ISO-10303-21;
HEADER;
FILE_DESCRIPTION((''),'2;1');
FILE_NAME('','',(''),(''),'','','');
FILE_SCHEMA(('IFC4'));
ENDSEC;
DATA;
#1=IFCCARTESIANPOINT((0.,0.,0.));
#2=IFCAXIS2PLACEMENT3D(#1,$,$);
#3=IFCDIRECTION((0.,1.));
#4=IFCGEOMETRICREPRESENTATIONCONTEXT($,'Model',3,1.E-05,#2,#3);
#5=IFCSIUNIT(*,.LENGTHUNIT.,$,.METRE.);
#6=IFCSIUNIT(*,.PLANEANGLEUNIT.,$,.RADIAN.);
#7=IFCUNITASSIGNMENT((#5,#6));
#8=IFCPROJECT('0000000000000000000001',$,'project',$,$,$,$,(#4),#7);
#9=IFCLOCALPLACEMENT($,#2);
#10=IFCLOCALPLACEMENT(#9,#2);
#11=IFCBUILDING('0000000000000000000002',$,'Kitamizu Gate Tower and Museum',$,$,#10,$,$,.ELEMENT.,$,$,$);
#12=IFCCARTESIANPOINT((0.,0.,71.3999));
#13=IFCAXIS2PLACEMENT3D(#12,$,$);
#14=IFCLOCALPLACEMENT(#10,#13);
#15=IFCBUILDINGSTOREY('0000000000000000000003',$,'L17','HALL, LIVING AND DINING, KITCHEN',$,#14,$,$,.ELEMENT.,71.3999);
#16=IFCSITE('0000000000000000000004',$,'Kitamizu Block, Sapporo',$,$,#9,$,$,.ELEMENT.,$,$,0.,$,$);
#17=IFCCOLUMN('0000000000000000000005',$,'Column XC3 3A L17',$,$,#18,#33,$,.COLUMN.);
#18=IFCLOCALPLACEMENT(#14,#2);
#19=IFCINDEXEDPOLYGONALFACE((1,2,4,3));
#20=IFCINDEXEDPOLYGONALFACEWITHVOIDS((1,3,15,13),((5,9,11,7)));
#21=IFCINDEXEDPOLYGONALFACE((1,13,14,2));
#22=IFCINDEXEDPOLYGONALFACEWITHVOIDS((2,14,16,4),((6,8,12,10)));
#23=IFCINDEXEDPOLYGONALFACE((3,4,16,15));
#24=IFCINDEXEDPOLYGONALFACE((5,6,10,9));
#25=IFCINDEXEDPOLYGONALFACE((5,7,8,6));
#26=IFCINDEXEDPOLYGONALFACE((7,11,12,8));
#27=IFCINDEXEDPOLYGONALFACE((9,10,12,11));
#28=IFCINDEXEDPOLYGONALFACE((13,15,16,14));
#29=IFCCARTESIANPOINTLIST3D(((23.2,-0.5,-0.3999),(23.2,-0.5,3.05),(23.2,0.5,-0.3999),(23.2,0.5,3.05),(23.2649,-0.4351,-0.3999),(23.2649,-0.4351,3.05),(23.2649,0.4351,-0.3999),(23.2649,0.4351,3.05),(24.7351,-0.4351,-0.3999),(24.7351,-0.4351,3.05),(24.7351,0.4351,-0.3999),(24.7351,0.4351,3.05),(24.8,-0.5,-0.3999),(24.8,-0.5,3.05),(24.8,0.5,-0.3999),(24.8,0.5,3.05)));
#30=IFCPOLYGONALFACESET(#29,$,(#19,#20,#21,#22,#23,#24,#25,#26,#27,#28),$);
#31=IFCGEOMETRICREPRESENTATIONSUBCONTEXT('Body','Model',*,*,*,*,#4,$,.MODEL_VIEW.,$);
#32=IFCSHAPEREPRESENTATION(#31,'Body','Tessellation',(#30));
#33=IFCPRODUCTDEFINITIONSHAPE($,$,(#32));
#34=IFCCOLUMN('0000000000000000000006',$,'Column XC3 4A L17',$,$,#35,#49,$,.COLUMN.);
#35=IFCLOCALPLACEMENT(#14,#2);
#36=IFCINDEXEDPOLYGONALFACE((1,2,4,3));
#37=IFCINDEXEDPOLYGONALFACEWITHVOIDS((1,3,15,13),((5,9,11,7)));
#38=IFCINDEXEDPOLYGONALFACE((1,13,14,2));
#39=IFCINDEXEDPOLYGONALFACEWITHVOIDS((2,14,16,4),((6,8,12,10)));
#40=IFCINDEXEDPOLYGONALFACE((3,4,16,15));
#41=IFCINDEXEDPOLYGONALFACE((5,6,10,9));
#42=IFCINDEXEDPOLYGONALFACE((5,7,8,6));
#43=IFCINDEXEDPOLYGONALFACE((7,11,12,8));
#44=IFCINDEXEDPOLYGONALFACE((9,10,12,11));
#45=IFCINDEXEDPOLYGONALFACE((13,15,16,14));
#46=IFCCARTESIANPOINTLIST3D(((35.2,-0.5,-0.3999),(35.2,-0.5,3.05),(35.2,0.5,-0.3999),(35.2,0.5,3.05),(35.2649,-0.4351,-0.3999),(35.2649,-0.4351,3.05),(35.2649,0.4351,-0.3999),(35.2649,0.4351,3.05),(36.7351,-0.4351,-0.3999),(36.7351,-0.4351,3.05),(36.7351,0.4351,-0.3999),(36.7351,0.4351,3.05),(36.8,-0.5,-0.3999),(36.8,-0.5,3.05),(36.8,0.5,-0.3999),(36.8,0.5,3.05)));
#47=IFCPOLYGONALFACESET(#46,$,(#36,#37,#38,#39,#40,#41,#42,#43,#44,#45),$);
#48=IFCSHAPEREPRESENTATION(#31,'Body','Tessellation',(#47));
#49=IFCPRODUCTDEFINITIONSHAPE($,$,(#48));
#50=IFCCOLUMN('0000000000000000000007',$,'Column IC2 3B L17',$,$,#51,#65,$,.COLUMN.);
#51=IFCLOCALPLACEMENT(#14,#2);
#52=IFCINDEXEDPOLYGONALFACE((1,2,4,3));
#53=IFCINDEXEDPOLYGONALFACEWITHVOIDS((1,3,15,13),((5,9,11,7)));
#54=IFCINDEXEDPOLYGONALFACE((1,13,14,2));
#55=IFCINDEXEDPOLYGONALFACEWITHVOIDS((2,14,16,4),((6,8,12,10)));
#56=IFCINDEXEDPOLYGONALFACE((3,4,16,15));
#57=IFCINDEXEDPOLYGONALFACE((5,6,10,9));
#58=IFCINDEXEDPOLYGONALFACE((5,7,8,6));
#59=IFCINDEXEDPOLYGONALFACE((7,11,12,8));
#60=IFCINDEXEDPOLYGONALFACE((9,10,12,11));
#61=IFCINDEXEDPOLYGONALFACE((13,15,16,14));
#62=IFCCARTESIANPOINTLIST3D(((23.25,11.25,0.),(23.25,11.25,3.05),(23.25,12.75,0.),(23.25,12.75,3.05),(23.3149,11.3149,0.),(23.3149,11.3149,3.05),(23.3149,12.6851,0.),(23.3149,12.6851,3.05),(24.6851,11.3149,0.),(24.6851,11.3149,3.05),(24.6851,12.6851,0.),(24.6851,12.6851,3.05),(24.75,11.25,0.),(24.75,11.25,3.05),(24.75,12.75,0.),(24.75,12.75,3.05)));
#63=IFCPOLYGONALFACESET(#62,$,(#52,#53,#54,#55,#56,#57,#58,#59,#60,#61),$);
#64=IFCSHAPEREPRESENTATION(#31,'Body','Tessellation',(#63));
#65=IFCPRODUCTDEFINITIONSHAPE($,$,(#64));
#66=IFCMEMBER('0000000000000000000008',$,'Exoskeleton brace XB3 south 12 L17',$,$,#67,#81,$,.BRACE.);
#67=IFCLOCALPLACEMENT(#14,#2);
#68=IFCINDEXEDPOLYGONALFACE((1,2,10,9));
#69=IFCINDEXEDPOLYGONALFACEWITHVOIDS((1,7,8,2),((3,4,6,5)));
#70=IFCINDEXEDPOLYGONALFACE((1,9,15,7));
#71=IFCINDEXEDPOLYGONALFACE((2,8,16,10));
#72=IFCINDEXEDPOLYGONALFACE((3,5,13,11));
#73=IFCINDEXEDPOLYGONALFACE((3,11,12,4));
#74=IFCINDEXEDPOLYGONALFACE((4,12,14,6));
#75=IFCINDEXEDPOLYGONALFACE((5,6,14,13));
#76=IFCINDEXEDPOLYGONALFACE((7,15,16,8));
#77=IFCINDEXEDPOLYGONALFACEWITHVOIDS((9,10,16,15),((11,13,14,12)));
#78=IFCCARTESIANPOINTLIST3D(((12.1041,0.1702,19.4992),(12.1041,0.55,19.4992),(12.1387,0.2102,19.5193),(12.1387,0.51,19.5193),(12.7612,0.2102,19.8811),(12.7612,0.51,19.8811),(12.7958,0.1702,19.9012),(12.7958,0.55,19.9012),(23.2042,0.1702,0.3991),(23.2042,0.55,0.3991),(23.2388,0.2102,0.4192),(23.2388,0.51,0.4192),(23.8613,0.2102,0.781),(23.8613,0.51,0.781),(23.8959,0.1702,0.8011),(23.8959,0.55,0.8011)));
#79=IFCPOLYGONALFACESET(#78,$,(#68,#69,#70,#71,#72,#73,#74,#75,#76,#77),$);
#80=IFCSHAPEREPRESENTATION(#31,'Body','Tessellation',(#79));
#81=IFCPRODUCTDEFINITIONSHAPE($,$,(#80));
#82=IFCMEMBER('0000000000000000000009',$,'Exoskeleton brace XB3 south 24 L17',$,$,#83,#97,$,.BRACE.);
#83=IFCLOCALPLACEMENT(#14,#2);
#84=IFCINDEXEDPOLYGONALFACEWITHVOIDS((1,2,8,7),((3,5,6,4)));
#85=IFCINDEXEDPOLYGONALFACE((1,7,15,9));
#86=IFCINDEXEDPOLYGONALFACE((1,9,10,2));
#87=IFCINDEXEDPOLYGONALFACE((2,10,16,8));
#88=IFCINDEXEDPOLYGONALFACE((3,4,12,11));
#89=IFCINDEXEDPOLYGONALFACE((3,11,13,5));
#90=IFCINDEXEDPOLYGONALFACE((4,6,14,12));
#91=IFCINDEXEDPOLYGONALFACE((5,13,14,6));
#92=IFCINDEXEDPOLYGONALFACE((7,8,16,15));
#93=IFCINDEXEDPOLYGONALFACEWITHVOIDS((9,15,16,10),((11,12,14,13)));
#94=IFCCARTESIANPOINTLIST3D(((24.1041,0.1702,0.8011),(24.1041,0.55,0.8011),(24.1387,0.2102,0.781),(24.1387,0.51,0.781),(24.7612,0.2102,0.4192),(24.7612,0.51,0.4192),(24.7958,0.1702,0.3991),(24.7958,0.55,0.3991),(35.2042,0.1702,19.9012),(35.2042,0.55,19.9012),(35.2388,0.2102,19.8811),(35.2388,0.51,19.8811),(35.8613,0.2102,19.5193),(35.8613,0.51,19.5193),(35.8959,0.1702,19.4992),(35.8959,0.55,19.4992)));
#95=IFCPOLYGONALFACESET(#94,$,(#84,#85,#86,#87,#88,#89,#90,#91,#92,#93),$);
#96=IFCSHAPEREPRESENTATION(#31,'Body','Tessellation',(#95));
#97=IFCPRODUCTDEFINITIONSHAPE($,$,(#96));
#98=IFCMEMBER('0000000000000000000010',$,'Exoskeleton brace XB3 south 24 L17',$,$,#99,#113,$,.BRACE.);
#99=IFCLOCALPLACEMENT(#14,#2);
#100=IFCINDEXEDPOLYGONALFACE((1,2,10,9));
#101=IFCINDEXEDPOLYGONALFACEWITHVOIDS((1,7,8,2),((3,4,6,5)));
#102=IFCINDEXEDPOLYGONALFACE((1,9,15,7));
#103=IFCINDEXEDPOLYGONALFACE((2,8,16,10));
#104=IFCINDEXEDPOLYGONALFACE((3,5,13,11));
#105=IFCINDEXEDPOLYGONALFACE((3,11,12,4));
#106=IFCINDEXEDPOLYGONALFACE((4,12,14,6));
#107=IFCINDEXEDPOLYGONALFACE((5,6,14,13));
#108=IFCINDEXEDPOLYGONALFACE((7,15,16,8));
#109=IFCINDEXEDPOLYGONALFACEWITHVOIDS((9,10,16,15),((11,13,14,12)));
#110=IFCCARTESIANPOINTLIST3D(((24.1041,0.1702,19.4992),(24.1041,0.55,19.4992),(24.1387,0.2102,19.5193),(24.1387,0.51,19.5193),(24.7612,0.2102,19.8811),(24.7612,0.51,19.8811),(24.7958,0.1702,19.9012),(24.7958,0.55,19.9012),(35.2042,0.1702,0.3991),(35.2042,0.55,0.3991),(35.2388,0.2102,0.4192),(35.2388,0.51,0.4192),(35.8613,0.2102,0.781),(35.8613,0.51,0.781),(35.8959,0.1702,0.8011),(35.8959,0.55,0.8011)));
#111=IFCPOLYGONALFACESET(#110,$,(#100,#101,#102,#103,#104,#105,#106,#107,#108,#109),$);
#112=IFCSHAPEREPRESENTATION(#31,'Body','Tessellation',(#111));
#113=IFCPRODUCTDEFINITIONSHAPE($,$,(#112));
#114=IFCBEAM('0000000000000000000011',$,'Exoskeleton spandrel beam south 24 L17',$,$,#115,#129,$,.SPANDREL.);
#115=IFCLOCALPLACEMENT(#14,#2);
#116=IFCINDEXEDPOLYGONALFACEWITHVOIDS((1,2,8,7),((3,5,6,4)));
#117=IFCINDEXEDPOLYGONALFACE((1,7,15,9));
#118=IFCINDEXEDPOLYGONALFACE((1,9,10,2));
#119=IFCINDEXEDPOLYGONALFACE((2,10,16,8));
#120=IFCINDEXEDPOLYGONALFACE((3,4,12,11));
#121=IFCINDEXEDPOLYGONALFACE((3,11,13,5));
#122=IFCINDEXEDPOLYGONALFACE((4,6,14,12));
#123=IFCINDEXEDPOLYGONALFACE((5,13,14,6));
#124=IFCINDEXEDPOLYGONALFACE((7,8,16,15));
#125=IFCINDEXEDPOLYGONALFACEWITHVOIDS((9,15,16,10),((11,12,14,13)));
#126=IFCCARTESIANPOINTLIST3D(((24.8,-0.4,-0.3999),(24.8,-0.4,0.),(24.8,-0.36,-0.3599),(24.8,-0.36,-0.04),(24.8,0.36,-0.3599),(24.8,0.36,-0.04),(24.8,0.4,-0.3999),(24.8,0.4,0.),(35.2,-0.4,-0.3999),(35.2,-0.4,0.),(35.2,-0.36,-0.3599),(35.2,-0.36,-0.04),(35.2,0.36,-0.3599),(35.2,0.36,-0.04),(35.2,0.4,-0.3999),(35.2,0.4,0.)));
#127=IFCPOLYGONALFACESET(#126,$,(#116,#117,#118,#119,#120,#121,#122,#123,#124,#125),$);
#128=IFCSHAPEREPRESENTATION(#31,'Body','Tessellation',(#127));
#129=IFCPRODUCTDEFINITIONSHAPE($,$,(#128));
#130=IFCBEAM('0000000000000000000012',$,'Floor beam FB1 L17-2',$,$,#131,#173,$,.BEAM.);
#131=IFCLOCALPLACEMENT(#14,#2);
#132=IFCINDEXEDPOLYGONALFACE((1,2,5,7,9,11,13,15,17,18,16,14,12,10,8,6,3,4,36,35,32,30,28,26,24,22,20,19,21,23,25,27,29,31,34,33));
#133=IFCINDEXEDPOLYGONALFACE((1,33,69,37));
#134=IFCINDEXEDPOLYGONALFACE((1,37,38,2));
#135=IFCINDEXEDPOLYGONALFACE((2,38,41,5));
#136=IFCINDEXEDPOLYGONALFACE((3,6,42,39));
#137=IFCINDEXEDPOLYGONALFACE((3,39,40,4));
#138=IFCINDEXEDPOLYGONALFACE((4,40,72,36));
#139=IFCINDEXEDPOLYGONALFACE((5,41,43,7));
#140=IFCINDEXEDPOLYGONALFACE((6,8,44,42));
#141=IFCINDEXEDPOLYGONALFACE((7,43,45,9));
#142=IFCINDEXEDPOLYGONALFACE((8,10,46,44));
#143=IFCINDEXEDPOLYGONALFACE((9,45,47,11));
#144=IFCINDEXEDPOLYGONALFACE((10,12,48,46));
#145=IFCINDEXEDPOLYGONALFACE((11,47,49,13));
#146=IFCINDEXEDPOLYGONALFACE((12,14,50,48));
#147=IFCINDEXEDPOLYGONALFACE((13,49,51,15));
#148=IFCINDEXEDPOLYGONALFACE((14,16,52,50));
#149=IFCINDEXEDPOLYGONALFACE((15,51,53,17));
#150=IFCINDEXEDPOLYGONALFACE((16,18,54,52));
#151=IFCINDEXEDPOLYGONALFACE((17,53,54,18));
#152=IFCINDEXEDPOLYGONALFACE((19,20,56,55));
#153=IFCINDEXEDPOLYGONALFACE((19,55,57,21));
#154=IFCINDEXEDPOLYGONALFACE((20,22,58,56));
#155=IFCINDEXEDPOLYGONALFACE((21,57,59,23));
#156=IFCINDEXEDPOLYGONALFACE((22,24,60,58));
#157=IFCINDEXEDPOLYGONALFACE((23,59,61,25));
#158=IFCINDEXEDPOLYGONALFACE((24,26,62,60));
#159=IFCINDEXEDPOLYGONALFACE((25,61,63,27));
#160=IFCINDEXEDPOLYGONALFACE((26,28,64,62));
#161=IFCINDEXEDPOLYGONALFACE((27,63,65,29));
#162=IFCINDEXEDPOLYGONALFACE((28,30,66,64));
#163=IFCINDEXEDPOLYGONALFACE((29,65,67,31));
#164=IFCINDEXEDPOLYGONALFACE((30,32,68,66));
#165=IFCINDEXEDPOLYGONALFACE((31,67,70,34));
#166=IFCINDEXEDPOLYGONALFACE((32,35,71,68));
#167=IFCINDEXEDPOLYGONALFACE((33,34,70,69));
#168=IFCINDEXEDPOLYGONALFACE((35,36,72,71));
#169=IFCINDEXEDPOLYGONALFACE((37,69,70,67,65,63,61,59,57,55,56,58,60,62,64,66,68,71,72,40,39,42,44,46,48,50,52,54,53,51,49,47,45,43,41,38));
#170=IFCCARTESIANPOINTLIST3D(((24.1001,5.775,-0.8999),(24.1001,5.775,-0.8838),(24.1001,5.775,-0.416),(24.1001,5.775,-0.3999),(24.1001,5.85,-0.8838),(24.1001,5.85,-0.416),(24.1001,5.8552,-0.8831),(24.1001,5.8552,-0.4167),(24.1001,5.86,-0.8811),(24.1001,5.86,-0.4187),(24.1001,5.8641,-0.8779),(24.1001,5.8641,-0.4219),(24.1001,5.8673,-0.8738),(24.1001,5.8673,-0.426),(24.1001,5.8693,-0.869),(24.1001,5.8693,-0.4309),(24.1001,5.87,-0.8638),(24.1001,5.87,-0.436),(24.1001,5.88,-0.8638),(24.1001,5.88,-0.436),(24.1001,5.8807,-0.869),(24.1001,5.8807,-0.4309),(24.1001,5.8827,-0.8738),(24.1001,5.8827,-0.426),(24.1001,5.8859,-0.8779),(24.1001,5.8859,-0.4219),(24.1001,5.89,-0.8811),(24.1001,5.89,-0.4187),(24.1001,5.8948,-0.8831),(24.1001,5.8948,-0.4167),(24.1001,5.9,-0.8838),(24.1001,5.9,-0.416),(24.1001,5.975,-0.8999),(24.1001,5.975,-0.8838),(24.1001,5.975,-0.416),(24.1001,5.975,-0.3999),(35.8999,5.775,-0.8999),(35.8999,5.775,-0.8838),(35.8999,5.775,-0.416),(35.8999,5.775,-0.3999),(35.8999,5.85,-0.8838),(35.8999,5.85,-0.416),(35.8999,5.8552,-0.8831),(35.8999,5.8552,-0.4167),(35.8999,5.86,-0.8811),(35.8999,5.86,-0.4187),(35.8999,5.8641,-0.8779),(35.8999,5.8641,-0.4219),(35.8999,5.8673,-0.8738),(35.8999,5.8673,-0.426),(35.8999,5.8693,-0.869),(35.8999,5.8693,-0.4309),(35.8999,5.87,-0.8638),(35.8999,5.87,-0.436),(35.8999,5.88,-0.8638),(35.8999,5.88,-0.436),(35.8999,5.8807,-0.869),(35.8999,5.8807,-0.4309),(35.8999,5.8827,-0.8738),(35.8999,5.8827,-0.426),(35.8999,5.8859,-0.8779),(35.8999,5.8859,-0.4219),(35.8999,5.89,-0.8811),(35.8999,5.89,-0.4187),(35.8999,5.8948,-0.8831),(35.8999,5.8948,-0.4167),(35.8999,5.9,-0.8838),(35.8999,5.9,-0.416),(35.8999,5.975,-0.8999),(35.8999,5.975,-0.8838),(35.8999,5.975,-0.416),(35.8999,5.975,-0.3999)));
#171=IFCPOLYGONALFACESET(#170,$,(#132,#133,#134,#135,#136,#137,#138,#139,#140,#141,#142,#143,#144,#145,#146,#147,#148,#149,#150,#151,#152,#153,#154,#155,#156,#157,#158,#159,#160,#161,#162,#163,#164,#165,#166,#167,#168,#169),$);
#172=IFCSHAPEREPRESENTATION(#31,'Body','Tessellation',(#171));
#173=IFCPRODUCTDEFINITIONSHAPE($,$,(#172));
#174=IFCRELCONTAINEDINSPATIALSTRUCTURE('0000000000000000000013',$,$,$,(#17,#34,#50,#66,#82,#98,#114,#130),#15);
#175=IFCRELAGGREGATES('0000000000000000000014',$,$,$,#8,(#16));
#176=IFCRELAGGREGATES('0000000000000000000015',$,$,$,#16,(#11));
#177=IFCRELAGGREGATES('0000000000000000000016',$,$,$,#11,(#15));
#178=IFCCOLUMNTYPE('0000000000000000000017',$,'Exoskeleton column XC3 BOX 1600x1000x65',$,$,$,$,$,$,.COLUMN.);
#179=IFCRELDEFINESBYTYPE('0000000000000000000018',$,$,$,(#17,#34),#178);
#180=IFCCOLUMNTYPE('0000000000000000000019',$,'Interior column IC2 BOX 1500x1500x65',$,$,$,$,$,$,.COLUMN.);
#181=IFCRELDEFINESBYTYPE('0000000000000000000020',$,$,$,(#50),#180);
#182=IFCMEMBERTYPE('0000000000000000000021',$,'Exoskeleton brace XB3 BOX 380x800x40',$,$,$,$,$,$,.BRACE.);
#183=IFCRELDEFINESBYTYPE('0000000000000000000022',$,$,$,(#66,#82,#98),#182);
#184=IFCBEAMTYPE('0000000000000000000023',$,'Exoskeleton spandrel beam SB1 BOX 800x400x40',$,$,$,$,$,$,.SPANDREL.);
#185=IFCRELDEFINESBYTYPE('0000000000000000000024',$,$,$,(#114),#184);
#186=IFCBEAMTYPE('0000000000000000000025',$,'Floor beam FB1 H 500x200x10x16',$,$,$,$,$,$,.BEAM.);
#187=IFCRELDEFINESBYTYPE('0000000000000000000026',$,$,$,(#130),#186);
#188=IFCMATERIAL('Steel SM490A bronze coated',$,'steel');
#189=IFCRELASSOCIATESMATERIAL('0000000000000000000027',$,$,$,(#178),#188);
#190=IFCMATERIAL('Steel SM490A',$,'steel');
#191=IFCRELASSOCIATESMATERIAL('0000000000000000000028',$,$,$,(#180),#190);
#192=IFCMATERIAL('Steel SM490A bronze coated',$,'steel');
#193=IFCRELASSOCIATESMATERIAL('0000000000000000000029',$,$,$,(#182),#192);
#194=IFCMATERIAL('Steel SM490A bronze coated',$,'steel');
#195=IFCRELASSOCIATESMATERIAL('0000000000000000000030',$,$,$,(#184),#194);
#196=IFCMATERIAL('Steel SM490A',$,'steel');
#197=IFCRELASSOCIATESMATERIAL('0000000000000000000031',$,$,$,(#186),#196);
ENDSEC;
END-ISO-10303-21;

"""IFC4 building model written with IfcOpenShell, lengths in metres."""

from ifc_helpers import new_model, si_unit, direction, frame, origin, origin_2d, place, context, subcontext, project, spatial, hollow_rectangle, i_section, extrude, material, material_profile, profile_set, type_object, element, save


model = new_model("IFC4")

# Units and contexts
model_context = context("Model", 3, precision=1e-05, world=origin(), true_north=direction((0.0, 1.0)))
body_context = subcontext(model_context, "Body", "Model", "MODEL_VIEW")
ifc_project = project(units=[si_unit("LENGTHUNIT", "METRE"), si_unit("PLANEANGLEUNIT", "RADIAN")], contexts=[model_context])

# Site, building, storey
site_placement = place(None, origin())
site = spatial("IfcSite", under=ifc_project, at=site_placement, Name="Kitamizu Block, Sapporo", CompositionType="ELEMENT", RefElevation=0.0)
building_placement = place(site_placement, origin())
building = spatial("IfcBuilding", under=site, at=building_placement, Name="Kitamizu Gate Tower and Museum", CompositionType="ELEMENT")
storey_placement = place(building_placement, frame((0.0, 0.0, 71.3999)))
storey = spatial("IfcBuildingStorey", under=building, at=storey_placement, Name="L17", Description="HALL, LIVING AND DINING, KITCHEN", CompositionType="ELEMENT", Elevation=71.3999)

# Columns
ifc_material_1 = material(Name="Steel SM490A bronze coated", Category="steel")
ifc_material_profile_1 = material_profile(ifc_material_1, hollow_rectangle(XDim=1.6001, YDim=1.0, WallThickness=0.0649, at=origin_2d()), Name="BOX 1600x1000x65")
ifc_profile_set_1 = profile_set([ifc_material_profile_1], Name="Steel SM490A bronze coated")
column_type_1 = type_object("IfcColumnType", Name="Exoskeleton column XC3 BOX 1600x1000x65", PredefinedType="COLUMN", material=ifc_profile_set_1)
for number, where, z_axis, x_axis, name in (
    (1, (24.0, 0.0, -0.3999), (0.0, 0.0, 1.0), (1.0, 0.0, 0.0), "Column XC3 3A L17"),
    (2, (36.0, 0.0, -0.3999), (0.0, 0.0, 1.0), (1.0, 0.0, 0.0), "Column XC3 4A L17"),
):
    element("IfcColumn", number, at=place(storey_placement, frame(where, z_axis=z_axis, x_axis=x_axis)), inside=storey, type_object=column_type_1, Name=name, PredefinedType="COLUMN", context=body_context, shape_type="SweptSolid", body=[
        extrude(hollow_rectangle(XDim=1.6001, YDim=1.0, WallThickness=0.0649, at=origin_2d()), origin(), (0.0, 0.0, 1.0), 3.45),
    ])
ifc_material_2 = material(Name="Steel SM490A", Category="steel")
ifc_material_profile_2 = material_profile(ifc_material_2, hollow_rectangle(XDim=1.5, YDim=1.5, WallThickness=0.0649, at=origin_2d()), Name="BOX 1500x1500x65")
ifc_profile_set_2 = profile_set([ifc_material_profile_2], Name="Steel SM490A")
column_type_2 = type_object("IfcColumnType", Name="Interior column IC2 BOX 1500x1500x65", PredefinedType="COLUMN", material=ifc_profile_set_2)
column_placement = place(storey_placement, frame((24.0, 12.0, 0.0), z_axis=(0.0, 0.0, 1.0), x_axis=(1.0, 0.0, 0.0)))
element("IfcColumn", 3, at=column_placement, inside=storey, type_object=column_type_2, Name="Column IC2 3B L17", PredefinedType="COLUMN", context=body_context, shape_type="SweptSolid", body=[
    extrude(hollow_rectangle(XDim=1.5, YDim=1.5, WallThickness=0.0649, at=origin_2d()), origin(), (0.0, 0.0, 1.0), 3.05),
])

# Members
ifc_material_3 = material(Name="Steel SM490A bronze coated", Category="steel")
ifc_material_profile_3 = material_profile(ifc_material_3, hollow_rectangle(XDim=0.3799, YDim=0.8, WallThickness=0.04, at=origin_2d()), Name="BOX 380x800x40")
ifc_profile_set_3 = profile_set([ifc_material_profile_3], Name="Steel SM490A bronze coated")
member_type = type_object("IfcMemberType", Name="Exoskeleton brace XB3 BOX 380x800x40", PredefinedType="BRACE", material=ifc_profile_set_3)
for number, where, z_axis, x_axis, name in (
    (4, (23.55, 0.3601, 0.6001), (-0.502464, 0.0, 0.864598), (0.0, -1.0, 0.0), "Exoskeleton brace XB3 south 12 L17"),
    (5, (24.45, 0.3601, 0.6001), (0.502464, 0.0, 0.864598), (0.0, 1.0, 0.0), "Exoskeleton brace XB3 south 24 L17"),
    (6, (35.55, 0.3601, 0.6001), (-0.502464, 0.0, 0.864598), (0.0, -1.0, 0.0), "Exoskeleton brace XB3 south 24 L17"),
):
    element("IfcMember", number, at=place(storey_placement, frame(where, z_axis=z_axis, x_axis=x_axis)), inside=storey, type_object=member_type, Name=name, PredefinedType="BRACE", context=body_context, shape_type="SweptSolid", body=[
        extrude(hollow_rectangle(XDim=0.3799, YDim=0.8, WallThickness=0.04, at=origin_2d()), origin(), (0.0, 0.0, 1.0), 22.0913),
    ])

# Beams
ifc_material_4 = material(Name="Steel SM490A bronze coated", Category="steel")
ifc_material_profile_4 = material_profile(ifc_material_4, hollow_rectangle(XDim=0.8, YDim=0.3999, WallThickness=0.04, at=origin_2d()), Name="BOX 800x400x40")
ifc_profile_set_4 = profile_set([ifc_material_profile_4], Name="Steel SM490A bronze coated")
beam_type_1 = type_object("IfcBeamType", Name="Exoskeleton spandrel beam SB1 BOX 800x400x40", PredefinedType="SPANDREL", material=ifc_profile_set_4)
beam_1_placement = place(storey_placement, frame((24.8, 0.0, -0.2), z_axis=(1.0, 0.0, 0.0), x_axis=(0.0, 1.0, 0.0)))
element("IfcBeam", 7, at=beam_1_placement, inside=storey, type_object=beam_type_1, Name="Exoskeleton spandrel beam south 24 L17", PredefinedType="SPANDREL", context=body_context, shape_type="SweptSolid", body=[
    extrude(hollow_rectangle(XDim=0.8, YDim=0.3999, WallThickness=0.04, at=origin_2d()), origin(), (0.0, 0.0, 1.0), 10.3999),
])
ifc_material_5 = material(Name="Steel SM490A", Category="steel")
ifc_material_profile_5 = material_profile(ifc_material_5, i_section(OverallWidth=0.2, OverallDepth=0.5, WebThickness=0.01, FlangeThickness=0.0161, FilletRadius=0.02, at=origin_2d()), Name="H-500x200x10x16")
ifc_profile_set_5 = profile_set([ifc_material_profile_5], Name="Steel SM490A")
beam_type_2 = type_object("IfcBeamType", Name="Floor beam FB1 H 500x200x10x16", PredefinedType="BEAM", material=ifc_profile_set_5)
beam_2_placement = place(storey_placement, frame((24.1001, 5.875, -0.6499), z_axis=(1.0, 0.0, 0.0), x_axis=(0.0, 1.0, 0.0)))
element("IfcBeam", 8, at=beam_2_placement, inside=storey, type_object=beam_type_2, Name="Floor beam FB1 L17-2", PredefinedType="BEAM", context=body_context, shape_type="SweptSolid", body=[
    extrude(i_section(OverallWidth=0.2, OverallDepth=0.5, WebThickness=0.01, FlangeThickness=0.0161, FilletRadius=0.02, at=origin_2d()), origin(), (0.0, 0.0, 1.0), 11.7998),
])

save(model, "model.ifc")
